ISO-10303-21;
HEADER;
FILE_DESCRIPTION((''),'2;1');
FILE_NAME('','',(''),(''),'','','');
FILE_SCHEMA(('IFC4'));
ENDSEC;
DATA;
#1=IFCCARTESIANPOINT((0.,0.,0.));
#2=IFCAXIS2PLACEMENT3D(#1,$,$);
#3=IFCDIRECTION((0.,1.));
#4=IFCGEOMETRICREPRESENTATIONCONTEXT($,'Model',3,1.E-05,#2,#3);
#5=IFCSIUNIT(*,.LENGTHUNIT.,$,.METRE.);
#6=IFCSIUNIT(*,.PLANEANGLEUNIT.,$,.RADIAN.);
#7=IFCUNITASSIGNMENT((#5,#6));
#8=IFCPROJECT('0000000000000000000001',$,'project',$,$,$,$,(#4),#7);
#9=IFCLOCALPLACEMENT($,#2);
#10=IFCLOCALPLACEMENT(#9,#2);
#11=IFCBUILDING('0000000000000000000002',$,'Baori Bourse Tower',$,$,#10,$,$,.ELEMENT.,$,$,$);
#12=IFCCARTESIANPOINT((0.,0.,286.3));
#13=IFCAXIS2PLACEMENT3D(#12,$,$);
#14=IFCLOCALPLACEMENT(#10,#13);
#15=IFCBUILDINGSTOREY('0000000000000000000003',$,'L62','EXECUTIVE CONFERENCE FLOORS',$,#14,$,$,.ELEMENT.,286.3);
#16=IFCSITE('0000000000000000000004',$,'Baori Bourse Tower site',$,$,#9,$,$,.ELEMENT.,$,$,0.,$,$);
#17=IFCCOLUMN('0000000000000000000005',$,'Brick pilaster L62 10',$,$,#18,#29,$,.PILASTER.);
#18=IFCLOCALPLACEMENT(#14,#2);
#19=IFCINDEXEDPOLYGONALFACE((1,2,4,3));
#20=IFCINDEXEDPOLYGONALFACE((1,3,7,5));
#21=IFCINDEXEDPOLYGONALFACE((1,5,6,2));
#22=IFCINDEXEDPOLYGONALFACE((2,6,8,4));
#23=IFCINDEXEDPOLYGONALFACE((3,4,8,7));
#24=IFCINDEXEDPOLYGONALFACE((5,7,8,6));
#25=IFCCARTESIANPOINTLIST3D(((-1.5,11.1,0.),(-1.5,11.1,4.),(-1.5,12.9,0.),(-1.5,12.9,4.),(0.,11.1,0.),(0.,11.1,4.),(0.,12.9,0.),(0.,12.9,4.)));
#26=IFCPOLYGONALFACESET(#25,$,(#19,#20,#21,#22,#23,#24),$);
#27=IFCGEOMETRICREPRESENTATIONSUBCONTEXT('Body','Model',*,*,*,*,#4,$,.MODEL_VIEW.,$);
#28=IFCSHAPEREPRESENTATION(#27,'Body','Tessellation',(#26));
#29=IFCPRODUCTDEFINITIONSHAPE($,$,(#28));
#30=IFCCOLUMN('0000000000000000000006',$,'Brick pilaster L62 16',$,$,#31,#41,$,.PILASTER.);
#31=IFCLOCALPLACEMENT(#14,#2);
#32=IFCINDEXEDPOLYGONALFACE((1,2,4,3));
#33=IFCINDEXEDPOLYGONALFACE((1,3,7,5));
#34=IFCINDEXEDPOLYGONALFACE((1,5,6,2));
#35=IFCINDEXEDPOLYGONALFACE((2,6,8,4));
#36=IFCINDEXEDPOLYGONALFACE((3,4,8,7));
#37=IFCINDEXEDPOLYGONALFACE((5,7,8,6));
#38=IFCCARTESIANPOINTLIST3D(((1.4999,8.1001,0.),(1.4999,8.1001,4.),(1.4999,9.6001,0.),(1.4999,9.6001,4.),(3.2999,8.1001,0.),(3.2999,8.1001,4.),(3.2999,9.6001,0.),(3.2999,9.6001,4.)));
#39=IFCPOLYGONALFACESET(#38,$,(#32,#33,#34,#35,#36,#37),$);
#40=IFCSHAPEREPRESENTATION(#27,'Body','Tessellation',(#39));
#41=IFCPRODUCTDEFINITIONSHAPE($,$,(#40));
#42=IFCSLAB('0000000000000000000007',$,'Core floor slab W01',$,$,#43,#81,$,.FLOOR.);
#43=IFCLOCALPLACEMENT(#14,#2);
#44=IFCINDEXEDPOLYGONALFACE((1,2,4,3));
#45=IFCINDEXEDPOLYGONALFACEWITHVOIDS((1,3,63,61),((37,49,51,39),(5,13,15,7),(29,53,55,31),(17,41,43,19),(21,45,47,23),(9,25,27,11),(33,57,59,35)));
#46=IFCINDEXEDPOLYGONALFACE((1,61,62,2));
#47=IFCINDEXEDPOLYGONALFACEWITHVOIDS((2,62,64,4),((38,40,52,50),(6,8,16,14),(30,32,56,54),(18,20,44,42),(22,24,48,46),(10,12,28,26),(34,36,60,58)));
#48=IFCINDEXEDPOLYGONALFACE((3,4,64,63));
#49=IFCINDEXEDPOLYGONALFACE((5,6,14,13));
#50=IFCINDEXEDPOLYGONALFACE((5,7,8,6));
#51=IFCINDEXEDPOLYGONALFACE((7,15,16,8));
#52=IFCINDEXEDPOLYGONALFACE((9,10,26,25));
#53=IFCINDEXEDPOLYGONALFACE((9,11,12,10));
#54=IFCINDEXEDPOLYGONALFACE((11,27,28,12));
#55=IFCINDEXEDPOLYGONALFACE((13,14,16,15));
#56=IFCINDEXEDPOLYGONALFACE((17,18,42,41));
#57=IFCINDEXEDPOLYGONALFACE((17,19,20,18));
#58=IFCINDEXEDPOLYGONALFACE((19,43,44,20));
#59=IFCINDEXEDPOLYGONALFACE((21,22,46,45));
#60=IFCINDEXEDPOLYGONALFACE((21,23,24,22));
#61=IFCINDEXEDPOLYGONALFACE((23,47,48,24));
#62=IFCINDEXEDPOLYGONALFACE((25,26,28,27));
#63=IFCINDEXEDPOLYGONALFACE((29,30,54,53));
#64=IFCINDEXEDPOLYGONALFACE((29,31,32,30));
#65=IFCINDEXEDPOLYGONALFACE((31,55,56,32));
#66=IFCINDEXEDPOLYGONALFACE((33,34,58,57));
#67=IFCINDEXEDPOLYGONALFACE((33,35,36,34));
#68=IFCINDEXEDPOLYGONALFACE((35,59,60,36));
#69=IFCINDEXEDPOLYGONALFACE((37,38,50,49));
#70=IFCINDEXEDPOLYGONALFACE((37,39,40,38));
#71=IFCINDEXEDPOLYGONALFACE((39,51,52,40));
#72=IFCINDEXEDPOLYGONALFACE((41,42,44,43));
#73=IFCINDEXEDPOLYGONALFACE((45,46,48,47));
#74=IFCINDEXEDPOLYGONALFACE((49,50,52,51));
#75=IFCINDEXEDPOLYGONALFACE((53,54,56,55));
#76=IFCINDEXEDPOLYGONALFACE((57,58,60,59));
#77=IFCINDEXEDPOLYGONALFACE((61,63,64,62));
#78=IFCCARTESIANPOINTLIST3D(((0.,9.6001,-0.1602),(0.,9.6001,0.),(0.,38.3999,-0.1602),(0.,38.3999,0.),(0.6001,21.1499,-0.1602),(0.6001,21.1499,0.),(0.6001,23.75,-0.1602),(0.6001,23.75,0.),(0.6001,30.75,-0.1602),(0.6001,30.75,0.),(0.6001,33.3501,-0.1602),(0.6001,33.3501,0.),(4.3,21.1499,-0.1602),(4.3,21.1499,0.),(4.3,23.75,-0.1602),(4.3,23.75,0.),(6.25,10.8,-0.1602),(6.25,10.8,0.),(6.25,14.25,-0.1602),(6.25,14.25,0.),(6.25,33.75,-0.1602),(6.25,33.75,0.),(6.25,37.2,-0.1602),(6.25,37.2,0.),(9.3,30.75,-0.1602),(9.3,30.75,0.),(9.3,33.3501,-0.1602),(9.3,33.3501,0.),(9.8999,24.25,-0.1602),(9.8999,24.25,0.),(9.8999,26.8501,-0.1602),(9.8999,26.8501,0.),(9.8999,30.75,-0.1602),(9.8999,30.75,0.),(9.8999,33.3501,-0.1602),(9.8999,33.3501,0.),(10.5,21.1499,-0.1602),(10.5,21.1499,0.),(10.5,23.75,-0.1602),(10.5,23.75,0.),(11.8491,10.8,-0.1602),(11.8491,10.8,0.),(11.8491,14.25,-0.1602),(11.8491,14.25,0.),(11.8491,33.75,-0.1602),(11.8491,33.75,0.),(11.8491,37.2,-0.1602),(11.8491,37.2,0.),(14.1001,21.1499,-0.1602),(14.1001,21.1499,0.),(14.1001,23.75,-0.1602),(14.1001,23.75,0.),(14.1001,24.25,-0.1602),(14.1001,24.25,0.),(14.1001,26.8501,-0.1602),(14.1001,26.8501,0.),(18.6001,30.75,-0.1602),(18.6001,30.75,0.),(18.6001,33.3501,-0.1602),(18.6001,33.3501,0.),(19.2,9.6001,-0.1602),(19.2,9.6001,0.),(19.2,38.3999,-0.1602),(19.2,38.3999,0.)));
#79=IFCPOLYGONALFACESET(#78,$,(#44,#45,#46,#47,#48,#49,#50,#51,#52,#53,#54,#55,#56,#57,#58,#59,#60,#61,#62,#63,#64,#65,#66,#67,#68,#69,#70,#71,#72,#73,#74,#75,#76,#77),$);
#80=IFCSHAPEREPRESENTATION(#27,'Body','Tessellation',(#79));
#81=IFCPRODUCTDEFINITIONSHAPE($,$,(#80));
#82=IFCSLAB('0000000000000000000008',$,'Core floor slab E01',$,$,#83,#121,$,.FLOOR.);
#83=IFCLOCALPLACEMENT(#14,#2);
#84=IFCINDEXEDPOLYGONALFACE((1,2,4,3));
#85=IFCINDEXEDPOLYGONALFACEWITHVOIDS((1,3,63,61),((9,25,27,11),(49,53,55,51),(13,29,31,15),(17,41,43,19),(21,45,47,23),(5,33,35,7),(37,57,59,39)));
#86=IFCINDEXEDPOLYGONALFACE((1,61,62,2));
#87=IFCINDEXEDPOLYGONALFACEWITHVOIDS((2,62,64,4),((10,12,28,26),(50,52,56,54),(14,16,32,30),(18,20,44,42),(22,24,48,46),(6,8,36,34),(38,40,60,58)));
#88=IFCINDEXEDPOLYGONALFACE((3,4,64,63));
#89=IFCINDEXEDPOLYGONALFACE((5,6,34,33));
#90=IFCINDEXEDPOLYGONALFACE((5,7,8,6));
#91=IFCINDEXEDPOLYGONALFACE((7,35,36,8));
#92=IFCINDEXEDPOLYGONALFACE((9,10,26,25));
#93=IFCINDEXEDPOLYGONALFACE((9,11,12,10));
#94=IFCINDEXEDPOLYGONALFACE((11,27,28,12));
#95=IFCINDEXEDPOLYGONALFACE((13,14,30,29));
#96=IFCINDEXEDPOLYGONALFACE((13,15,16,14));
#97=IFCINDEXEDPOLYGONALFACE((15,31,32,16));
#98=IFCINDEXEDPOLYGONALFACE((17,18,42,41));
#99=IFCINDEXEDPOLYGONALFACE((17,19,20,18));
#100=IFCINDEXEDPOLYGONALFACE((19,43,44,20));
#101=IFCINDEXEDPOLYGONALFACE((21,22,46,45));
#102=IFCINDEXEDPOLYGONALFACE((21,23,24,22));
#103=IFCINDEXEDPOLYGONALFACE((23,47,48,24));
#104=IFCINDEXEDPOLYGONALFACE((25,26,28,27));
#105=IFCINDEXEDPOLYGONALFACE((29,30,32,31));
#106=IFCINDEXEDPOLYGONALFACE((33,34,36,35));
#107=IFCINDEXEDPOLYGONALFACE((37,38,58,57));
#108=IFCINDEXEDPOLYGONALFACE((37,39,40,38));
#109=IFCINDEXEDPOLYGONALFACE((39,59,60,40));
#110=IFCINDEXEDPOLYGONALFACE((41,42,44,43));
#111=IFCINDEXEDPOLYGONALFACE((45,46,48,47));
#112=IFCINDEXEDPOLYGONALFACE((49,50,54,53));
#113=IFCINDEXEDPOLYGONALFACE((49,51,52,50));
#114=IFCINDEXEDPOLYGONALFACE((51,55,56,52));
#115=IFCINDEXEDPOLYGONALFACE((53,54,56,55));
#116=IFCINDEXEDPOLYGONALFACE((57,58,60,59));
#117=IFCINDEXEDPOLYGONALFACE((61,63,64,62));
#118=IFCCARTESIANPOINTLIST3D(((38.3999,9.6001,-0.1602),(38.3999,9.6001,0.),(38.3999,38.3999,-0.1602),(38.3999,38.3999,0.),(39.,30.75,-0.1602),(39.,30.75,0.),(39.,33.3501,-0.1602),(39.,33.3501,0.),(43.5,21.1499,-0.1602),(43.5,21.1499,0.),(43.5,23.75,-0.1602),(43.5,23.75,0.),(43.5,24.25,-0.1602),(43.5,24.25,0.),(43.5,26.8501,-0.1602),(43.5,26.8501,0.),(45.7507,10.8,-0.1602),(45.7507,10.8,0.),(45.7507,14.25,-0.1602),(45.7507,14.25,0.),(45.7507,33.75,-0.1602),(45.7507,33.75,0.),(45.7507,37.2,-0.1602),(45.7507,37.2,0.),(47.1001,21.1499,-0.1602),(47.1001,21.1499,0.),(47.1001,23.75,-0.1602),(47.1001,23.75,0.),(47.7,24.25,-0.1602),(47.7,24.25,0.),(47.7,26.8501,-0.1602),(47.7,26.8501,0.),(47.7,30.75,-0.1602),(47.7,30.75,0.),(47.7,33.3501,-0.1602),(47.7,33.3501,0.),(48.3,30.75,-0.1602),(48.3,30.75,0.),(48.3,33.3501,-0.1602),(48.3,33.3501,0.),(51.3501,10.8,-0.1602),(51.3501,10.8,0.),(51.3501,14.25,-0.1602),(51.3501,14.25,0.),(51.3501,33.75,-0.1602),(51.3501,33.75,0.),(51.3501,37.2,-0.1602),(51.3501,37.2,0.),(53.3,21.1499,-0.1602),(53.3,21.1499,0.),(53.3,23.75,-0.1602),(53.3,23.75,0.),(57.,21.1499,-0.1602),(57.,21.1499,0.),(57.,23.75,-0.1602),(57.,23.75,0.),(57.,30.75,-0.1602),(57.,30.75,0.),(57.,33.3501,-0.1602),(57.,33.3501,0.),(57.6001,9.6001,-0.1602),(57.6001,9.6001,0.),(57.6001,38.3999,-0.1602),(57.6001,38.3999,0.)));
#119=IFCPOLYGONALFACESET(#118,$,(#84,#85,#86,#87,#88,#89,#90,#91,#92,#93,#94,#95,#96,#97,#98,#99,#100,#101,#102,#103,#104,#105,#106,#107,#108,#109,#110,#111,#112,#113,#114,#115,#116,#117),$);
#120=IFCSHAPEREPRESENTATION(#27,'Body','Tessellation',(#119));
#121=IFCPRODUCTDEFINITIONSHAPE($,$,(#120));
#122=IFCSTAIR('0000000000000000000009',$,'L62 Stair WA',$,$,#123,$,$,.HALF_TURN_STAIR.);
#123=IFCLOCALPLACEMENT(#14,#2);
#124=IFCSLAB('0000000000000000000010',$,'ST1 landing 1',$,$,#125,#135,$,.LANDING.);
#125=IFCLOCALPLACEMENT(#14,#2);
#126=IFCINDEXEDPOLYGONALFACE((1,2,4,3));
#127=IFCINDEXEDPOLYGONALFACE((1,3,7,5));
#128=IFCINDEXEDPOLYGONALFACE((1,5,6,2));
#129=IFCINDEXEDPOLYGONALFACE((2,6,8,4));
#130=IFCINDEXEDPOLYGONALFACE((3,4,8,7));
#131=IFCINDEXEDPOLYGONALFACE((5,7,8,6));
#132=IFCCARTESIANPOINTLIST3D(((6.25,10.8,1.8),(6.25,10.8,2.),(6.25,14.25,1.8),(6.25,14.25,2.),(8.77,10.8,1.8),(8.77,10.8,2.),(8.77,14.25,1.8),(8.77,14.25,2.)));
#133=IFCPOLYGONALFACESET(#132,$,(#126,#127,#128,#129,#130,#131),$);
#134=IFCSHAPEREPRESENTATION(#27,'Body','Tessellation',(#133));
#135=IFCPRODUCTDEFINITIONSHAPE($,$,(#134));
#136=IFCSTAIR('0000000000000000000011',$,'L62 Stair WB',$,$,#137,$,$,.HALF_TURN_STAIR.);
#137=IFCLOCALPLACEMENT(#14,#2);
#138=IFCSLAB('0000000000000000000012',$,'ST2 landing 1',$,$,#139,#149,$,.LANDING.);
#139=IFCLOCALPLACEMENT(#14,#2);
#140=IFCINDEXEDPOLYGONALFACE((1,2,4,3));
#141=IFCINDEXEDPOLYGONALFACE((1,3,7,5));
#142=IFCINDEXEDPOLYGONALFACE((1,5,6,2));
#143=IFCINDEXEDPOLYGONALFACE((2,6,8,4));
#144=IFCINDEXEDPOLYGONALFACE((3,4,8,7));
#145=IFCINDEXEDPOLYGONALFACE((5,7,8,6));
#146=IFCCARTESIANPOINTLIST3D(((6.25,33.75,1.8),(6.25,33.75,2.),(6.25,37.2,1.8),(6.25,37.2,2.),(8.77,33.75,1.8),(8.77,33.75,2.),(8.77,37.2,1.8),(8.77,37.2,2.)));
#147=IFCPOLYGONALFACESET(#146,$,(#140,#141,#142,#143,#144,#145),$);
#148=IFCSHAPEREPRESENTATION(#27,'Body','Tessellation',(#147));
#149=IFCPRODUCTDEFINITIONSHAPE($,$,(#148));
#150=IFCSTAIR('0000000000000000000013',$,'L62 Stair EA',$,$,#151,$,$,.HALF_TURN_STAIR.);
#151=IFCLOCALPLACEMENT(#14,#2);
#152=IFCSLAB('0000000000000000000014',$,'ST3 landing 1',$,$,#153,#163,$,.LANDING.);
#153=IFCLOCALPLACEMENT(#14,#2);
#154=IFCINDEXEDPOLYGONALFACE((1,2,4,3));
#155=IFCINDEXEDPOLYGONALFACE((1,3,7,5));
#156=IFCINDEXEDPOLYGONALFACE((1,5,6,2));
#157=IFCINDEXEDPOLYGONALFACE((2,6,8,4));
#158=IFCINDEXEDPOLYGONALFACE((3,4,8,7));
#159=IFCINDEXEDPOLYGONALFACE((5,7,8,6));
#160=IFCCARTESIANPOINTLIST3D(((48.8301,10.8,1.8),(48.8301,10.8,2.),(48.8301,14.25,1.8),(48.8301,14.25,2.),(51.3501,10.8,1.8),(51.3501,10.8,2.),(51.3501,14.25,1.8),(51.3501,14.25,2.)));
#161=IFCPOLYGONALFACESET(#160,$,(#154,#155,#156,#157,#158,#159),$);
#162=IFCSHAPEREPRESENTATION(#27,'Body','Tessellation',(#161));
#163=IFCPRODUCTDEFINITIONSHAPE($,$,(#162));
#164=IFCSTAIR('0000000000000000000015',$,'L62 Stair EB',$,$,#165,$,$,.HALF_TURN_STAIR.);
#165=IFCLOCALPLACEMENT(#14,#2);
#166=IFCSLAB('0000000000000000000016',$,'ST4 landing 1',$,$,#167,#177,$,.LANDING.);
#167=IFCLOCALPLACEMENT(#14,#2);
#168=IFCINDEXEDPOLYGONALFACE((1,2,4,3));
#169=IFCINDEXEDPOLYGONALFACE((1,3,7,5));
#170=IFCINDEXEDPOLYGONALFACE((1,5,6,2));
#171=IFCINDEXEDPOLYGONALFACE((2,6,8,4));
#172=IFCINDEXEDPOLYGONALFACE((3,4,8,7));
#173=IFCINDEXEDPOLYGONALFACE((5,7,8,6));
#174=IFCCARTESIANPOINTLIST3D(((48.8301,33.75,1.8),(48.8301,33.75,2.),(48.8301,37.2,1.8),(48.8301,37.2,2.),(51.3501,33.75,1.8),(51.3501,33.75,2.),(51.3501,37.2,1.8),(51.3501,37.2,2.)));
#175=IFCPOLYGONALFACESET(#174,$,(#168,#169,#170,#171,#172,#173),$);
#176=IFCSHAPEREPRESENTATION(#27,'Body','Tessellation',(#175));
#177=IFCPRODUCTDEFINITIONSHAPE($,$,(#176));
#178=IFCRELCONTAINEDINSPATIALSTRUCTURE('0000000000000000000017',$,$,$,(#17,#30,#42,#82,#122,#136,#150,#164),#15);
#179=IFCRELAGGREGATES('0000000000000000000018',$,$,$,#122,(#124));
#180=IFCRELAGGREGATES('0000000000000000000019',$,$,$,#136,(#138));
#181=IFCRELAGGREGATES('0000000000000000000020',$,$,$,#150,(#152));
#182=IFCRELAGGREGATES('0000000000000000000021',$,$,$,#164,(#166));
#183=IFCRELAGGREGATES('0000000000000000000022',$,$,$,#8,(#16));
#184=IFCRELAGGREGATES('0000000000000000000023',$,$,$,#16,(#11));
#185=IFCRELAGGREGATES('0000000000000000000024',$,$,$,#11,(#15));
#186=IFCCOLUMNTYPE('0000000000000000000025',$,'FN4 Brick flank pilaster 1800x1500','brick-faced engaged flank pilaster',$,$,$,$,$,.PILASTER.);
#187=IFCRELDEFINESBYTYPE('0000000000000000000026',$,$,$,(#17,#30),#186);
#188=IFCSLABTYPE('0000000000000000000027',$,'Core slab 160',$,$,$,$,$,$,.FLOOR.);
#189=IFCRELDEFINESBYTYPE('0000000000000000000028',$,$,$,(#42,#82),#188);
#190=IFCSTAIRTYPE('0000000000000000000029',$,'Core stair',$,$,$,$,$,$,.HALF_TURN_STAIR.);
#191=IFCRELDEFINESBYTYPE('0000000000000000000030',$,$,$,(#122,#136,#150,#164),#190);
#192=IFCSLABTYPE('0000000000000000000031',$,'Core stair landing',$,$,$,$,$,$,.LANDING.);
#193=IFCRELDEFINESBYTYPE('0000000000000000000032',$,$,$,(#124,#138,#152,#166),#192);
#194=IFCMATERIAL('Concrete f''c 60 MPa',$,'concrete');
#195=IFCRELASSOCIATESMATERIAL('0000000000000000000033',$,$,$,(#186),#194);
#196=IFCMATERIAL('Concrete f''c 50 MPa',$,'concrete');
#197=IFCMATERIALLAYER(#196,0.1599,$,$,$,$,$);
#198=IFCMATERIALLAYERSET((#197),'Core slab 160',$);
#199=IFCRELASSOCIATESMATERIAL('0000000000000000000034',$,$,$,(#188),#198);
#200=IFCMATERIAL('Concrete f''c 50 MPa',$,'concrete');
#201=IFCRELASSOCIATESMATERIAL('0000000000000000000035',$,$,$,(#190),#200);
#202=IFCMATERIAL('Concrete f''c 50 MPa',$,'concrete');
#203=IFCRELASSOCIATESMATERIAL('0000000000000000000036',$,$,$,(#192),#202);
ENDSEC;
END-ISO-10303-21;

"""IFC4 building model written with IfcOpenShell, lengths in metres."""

from ifc_helpers import new_model, si_unit, direction, frame, origin, origin_2d, place, context, subcontext, project, spatial, polyline, rectangle, outline, extrude, material, layer, layer_set, material_profile, profile_set, type_object, element, aggregate, save


model = new_model("IFC4")

# Units and contexts
model_context = context("Model", 3, precision=1e-05, world=origin(), true_north=direction((0.0, 1.0)))
body_context = subcontext(model_context, "Body", "Model", "MODEL_VIEW")
ifc_project = project(units=[si_unit("LENGTHUNIT", "METRE"), si_unit("PLANEANGLEUNIT", "RADIAN")], contexts=[model_context])

# Site, building, storey
site_placement = place(None, origin())
site = spatial("IfcSite", under=ifc_project, at=site_placement, Name="Baori Bourse Tower site", CompositionType="ELEMENT", RefElevation=0.0)
building_placement = place(site_placement, origin())
building = spatial("IfcBuilding", under=site, at=building_placement, Name="Baori Bourse Tower", CompositionType="ELEMENT")
storey_placement = place(building_placement, frame((0.0, 0.0, 286.3)))
storey = spatial("IfcBuildingStorey", under=building, at=storey_placement, Name="L62", Description="EXECUTIVE CONFERENCE FLOORS", CompositionType="ELEMENT", Elevation=286.3)

# Columns
ifc_material_1 = material(Name="Concrete f'c 60 MPa", Category="concrete")
ifc_material_profile = material_profile(ifc_material_1, rectangle(XDim=1.8, YDim=1.5, at=origin_2d()), Name="RC 1800x1500")
ifc_profile_set = profile_set([ifc_material_profile], Name="Concrete f'c 60 MPa")
column_type = type_object("IfcColumnType", Name="FN4 Brick flank pilaster 1800x1500", Description="brick-faced engaged flank pilaster", PredefinedType="PILASTER", material=ifc_profile_set)
for number, where, z_axis, x_axis, name in (
    (1, (-0.75, 12.0, 0.0), (0.0, 0.0, 1.0), (0.0, 1.0, 0.0), "Brick pilaster L62 10"),
    (2, (2.3999, 8.8501, 0.0), (0.0, 0.0, 1.0), (1.0, 0.0, 0.0), "Brick pilaster L62 16"),
):
    element("IfcColumn", number, at=place(storey_placement, frame(where, z_axis=z_axis, x_axis=x_axis)), inside=storey, type_object=column_type, Name=name, PredefinedType="PILASTER", context=body_context, shape_type="SweptSolid", body=[
        extrude(rectangle(XDim=1.8, YDim=1.5, at=origin_2d()), origin(), (0.0, 0.0, 1.0), 4.0),
    ])

# Slabs
ifc_material_2 = material(Name="Concrete f'c 50 MPa", Category="concrete")
ifc_layer_1 = layer(ifc_material_2, 0.1599)
ifc_layer_set_1 = layer_set([ifc_layer_1], Name="Core slab 160")
slab_type_1 = type_object("IfcSlabType", Name="Core slab 160", PredefinedType="FLOOR", material=ifc_layer_set_1)
slab_1_placement = place(storey_placement, frame((0.0, 0.0, -0.1602)))
element("IfcSlab", 3, at=slab_1_placement, inside=storey, type_object=slab_type_1, Name="Core floor slab W01", PredefinedType="FLOOR", context=body_context, shape_type="SweptSolid", body=[
    extrude(outline(polyline([(19.2, 38.3999), (0.0, 38.3999), (0.0, 9.6001), (19.2, 9.6001), (19.2, 38.3999)]), holes=[polyline([(9.8999, 33.3501), (18.6001, 33.3501), (18.6001, 30.75), (9.8999, 30.75), (9.8999, 33.3501)]), polyline([(10.5, 21.1499), (10.5, 23.75), (14.1001, 23.75), (14.1001, 21.1499), (10.5, 21.1499)]), polyline([(14.1001, 24.25), (9.8999, 24.25), (9.8999, 26.8501), (14.1001, 26.8501), (14.1001, 24.25)]), polyline([(6.25, 14.25), (11.8491, 14.25), (11.8491, 10.8), (6.25, 10.8), (6.25, 14.25)]), polyline([(11.8491, 37.2), (11.8491, 33.75), (6.25, 33.75), (6.25, 37.2), (11.8491, 37.2)]), polyline([(0.6001, 30.75), (0.6001, 33.3501), (9.3, 33.3501), (9.3, 30.75), (0.6001, 30.75)]), polyline([(4.3, 23.75), (4.3, 21.1499), (0.6001, 21.1499), (0.6001, 23.75), (4.3, 23.75)])]), origin(), (0.0, 0.0, 1.0), 0.1602),
])
slab_2_placement = place(storey_placement, frame((0.0, 0.0, -0.1602)))
element("IfcSlab", 4, at=slab_2_placement, inside=storey, type_object=slab_type_1, Name="Core floor slab E01", PredefinedType="FLOOR", context=body_context, shape_type="SweptSolid", body=[
    extrude(outline(polyline([(57.6001, 9.6001), (57.6001, 38.3999), (38.3999, 38.3999), (38.3999, 9.6001), (57.6001, 9.6001)]), holes=[polyline([(48.3, 33.3501), (57.0, 33.3501), (57.0, 30.75), (48.3, 30.75), (48.3, 33.3501)]), polyline([(57.0, 21.1499), (53.3, 21.1499), (53.3, 23.75), (57.0, 23.75), (57.0, 21.1499)]), polyline([(45.7507, 14.25), (51.3501, 14.25), (51.3501, 10.8), (45.7507, 10.8), (45.7507, 14.25)]), polyline([(51.3501, 37.2), (51.3501, 33.75), (45.7507, 33.75), (45.7507, 37.2), (51.3501, 37.2)]), polyline([(43.5, 24.25), (43.5, 26.8501), (47.7, 26.8501), (47.7, 24.25), (43.5, 24.25)]), polyline([(47.7, 33.3501), (47.7, 30.75), (39.0, 30.75), (39.0, 33.3501), (47.7, 33.3501)]), polyline([(43.5, 23.75), (47.1001, 23.75), (47.1001, 21.1499), (43.5, 21.1499), (43.5, 23.75)])]), origin(), (0.0, 0.0, 1.0), 0.1602),
])

# Stairs, slabs
ifc_material_3 = material(Name="Concrete f'c 50 MPa", Category="concrete")
stair_type = type_object("IfcStairType", Name="Core stair", PredefinedType="HALF_TURN_STAIR", material=ifc_material_3)
stair_1_placement = place(storey_placement, origin())
stair_1 = element("IfcStair", 5, at=stair_1_placement, inside=storey, type_object=stair_type, Name="L62 Stair WA", PredefinedType="HALF_TURN_STAIR")
ifc_material_4 = material(Name="Concrete f'c 50 MPa", Category="concrete")
slab_type_2 = type_object("IfcSlabType", Name="Core stair landing", PredefinedType="LANDING", material=ifc_material_4)
slab_3_placement = place(storey_placement, frame((0.0, 0.0, 1.8)))
slab_3 = element("IfcSlab", 6, at=slab_3_placement, type_object=slab_type_2, Name="ST1 landing 1", PredefinedType="LANDING", context=body_context, shape_type="SweptSolid", body=[
    extrude(outline(polyline([(8.77, 14.25), (6.25, 14.25), (6.25, 10.8), (8.77, 10.8), (8.77, 14.25)])), origin(), (0.0, 0.0, 1.0), 0.2),
])
aggregate(stair_1, [slab_3])
stair_2_placement = place(storey_placement, origin())
stair_2 = element("IfcStair", 7, at=stair_2_placement, inside=storey, type_object=stair_type, Name="L62 Stair WB", PredefinedType="HALF_TURN_STAIR")
slab_4_placement = place(storey_placement, frame((0.0, 0.0, 1.8)))
slab_4 = element("IfcSlab", 8, at=slab_4_placement, type_object=slab_type_2, Name="ST2 landing 1", PredefinedType="LANDING", context=body_context, shape_type="SweptSolid", body=[
    extrude(outline(polyline([(8.77, 37.2), (6.25, 37.2), (6.25, 33.75), (8.77, 33.75), (8.77, 37.2)])), origin(), (0.0, 0.0, 1.0), 0.2),
])
aggregate(stair_2, [slab_4])
stair_3_placement = place(storey_placement, origin())
stair_3 = element("IfcStair", 9, at=stair_3_placement, inside=storey, type_object=stair_type, Name="L62 Stair EA", PredefinedType="HALF_TURN_STAIR")
slab_5_placement = place(storey_placement, frame((0.0, 0.0, 1.8)))
slab_5 = element("IfcSlab", 10, at=slab_5_placement, type_object=slab_type_2, Name="ST3 landing 1", PredefinedType="LANDING", context=body_context, shape_type="SweptSolid", body=[
    extrude(outline(polyline([(48.8301, 10.8), (51.3501, 10.8), (51.3501, 14.25), (48.8301, 14.25), (48.8301, 10.8)])), origin(), (0.0, 0.0, 1.0), 0.2),
])
aggregate(stair_3, [slab_5])
stair_4_placement = place(storey_placement, origin())
stair_4 = element("IfcStair", 11, at=stair_4_placement, inside=storey, type_object=stair_type, Name="L62 Stair EB", PredefinedType="HALF_TURN_STAIR")
slab_6_placement = place(storey_placement, frame((0.0, 0.0, 1.8)))
slab_6 = element("IfcSlab", 12, at=slab_6_placement, type_object=slab_type_2, Name="ST4 landing 1", PredefinedType="LANDING", context=body_context, shape_type="SweptSolid", body=[
    extrude(outline(polyline([(48.8301, 33.75), (51.3501, 33.75), (51.3501, 37.2), (48.8301, 37.2), (48.8301, 33.75)])), origin(), (0.0, 0.0, 1.0), 0.2),
])
aggregate(stair_4, [slab_6])

save(model, "model.ifc")
